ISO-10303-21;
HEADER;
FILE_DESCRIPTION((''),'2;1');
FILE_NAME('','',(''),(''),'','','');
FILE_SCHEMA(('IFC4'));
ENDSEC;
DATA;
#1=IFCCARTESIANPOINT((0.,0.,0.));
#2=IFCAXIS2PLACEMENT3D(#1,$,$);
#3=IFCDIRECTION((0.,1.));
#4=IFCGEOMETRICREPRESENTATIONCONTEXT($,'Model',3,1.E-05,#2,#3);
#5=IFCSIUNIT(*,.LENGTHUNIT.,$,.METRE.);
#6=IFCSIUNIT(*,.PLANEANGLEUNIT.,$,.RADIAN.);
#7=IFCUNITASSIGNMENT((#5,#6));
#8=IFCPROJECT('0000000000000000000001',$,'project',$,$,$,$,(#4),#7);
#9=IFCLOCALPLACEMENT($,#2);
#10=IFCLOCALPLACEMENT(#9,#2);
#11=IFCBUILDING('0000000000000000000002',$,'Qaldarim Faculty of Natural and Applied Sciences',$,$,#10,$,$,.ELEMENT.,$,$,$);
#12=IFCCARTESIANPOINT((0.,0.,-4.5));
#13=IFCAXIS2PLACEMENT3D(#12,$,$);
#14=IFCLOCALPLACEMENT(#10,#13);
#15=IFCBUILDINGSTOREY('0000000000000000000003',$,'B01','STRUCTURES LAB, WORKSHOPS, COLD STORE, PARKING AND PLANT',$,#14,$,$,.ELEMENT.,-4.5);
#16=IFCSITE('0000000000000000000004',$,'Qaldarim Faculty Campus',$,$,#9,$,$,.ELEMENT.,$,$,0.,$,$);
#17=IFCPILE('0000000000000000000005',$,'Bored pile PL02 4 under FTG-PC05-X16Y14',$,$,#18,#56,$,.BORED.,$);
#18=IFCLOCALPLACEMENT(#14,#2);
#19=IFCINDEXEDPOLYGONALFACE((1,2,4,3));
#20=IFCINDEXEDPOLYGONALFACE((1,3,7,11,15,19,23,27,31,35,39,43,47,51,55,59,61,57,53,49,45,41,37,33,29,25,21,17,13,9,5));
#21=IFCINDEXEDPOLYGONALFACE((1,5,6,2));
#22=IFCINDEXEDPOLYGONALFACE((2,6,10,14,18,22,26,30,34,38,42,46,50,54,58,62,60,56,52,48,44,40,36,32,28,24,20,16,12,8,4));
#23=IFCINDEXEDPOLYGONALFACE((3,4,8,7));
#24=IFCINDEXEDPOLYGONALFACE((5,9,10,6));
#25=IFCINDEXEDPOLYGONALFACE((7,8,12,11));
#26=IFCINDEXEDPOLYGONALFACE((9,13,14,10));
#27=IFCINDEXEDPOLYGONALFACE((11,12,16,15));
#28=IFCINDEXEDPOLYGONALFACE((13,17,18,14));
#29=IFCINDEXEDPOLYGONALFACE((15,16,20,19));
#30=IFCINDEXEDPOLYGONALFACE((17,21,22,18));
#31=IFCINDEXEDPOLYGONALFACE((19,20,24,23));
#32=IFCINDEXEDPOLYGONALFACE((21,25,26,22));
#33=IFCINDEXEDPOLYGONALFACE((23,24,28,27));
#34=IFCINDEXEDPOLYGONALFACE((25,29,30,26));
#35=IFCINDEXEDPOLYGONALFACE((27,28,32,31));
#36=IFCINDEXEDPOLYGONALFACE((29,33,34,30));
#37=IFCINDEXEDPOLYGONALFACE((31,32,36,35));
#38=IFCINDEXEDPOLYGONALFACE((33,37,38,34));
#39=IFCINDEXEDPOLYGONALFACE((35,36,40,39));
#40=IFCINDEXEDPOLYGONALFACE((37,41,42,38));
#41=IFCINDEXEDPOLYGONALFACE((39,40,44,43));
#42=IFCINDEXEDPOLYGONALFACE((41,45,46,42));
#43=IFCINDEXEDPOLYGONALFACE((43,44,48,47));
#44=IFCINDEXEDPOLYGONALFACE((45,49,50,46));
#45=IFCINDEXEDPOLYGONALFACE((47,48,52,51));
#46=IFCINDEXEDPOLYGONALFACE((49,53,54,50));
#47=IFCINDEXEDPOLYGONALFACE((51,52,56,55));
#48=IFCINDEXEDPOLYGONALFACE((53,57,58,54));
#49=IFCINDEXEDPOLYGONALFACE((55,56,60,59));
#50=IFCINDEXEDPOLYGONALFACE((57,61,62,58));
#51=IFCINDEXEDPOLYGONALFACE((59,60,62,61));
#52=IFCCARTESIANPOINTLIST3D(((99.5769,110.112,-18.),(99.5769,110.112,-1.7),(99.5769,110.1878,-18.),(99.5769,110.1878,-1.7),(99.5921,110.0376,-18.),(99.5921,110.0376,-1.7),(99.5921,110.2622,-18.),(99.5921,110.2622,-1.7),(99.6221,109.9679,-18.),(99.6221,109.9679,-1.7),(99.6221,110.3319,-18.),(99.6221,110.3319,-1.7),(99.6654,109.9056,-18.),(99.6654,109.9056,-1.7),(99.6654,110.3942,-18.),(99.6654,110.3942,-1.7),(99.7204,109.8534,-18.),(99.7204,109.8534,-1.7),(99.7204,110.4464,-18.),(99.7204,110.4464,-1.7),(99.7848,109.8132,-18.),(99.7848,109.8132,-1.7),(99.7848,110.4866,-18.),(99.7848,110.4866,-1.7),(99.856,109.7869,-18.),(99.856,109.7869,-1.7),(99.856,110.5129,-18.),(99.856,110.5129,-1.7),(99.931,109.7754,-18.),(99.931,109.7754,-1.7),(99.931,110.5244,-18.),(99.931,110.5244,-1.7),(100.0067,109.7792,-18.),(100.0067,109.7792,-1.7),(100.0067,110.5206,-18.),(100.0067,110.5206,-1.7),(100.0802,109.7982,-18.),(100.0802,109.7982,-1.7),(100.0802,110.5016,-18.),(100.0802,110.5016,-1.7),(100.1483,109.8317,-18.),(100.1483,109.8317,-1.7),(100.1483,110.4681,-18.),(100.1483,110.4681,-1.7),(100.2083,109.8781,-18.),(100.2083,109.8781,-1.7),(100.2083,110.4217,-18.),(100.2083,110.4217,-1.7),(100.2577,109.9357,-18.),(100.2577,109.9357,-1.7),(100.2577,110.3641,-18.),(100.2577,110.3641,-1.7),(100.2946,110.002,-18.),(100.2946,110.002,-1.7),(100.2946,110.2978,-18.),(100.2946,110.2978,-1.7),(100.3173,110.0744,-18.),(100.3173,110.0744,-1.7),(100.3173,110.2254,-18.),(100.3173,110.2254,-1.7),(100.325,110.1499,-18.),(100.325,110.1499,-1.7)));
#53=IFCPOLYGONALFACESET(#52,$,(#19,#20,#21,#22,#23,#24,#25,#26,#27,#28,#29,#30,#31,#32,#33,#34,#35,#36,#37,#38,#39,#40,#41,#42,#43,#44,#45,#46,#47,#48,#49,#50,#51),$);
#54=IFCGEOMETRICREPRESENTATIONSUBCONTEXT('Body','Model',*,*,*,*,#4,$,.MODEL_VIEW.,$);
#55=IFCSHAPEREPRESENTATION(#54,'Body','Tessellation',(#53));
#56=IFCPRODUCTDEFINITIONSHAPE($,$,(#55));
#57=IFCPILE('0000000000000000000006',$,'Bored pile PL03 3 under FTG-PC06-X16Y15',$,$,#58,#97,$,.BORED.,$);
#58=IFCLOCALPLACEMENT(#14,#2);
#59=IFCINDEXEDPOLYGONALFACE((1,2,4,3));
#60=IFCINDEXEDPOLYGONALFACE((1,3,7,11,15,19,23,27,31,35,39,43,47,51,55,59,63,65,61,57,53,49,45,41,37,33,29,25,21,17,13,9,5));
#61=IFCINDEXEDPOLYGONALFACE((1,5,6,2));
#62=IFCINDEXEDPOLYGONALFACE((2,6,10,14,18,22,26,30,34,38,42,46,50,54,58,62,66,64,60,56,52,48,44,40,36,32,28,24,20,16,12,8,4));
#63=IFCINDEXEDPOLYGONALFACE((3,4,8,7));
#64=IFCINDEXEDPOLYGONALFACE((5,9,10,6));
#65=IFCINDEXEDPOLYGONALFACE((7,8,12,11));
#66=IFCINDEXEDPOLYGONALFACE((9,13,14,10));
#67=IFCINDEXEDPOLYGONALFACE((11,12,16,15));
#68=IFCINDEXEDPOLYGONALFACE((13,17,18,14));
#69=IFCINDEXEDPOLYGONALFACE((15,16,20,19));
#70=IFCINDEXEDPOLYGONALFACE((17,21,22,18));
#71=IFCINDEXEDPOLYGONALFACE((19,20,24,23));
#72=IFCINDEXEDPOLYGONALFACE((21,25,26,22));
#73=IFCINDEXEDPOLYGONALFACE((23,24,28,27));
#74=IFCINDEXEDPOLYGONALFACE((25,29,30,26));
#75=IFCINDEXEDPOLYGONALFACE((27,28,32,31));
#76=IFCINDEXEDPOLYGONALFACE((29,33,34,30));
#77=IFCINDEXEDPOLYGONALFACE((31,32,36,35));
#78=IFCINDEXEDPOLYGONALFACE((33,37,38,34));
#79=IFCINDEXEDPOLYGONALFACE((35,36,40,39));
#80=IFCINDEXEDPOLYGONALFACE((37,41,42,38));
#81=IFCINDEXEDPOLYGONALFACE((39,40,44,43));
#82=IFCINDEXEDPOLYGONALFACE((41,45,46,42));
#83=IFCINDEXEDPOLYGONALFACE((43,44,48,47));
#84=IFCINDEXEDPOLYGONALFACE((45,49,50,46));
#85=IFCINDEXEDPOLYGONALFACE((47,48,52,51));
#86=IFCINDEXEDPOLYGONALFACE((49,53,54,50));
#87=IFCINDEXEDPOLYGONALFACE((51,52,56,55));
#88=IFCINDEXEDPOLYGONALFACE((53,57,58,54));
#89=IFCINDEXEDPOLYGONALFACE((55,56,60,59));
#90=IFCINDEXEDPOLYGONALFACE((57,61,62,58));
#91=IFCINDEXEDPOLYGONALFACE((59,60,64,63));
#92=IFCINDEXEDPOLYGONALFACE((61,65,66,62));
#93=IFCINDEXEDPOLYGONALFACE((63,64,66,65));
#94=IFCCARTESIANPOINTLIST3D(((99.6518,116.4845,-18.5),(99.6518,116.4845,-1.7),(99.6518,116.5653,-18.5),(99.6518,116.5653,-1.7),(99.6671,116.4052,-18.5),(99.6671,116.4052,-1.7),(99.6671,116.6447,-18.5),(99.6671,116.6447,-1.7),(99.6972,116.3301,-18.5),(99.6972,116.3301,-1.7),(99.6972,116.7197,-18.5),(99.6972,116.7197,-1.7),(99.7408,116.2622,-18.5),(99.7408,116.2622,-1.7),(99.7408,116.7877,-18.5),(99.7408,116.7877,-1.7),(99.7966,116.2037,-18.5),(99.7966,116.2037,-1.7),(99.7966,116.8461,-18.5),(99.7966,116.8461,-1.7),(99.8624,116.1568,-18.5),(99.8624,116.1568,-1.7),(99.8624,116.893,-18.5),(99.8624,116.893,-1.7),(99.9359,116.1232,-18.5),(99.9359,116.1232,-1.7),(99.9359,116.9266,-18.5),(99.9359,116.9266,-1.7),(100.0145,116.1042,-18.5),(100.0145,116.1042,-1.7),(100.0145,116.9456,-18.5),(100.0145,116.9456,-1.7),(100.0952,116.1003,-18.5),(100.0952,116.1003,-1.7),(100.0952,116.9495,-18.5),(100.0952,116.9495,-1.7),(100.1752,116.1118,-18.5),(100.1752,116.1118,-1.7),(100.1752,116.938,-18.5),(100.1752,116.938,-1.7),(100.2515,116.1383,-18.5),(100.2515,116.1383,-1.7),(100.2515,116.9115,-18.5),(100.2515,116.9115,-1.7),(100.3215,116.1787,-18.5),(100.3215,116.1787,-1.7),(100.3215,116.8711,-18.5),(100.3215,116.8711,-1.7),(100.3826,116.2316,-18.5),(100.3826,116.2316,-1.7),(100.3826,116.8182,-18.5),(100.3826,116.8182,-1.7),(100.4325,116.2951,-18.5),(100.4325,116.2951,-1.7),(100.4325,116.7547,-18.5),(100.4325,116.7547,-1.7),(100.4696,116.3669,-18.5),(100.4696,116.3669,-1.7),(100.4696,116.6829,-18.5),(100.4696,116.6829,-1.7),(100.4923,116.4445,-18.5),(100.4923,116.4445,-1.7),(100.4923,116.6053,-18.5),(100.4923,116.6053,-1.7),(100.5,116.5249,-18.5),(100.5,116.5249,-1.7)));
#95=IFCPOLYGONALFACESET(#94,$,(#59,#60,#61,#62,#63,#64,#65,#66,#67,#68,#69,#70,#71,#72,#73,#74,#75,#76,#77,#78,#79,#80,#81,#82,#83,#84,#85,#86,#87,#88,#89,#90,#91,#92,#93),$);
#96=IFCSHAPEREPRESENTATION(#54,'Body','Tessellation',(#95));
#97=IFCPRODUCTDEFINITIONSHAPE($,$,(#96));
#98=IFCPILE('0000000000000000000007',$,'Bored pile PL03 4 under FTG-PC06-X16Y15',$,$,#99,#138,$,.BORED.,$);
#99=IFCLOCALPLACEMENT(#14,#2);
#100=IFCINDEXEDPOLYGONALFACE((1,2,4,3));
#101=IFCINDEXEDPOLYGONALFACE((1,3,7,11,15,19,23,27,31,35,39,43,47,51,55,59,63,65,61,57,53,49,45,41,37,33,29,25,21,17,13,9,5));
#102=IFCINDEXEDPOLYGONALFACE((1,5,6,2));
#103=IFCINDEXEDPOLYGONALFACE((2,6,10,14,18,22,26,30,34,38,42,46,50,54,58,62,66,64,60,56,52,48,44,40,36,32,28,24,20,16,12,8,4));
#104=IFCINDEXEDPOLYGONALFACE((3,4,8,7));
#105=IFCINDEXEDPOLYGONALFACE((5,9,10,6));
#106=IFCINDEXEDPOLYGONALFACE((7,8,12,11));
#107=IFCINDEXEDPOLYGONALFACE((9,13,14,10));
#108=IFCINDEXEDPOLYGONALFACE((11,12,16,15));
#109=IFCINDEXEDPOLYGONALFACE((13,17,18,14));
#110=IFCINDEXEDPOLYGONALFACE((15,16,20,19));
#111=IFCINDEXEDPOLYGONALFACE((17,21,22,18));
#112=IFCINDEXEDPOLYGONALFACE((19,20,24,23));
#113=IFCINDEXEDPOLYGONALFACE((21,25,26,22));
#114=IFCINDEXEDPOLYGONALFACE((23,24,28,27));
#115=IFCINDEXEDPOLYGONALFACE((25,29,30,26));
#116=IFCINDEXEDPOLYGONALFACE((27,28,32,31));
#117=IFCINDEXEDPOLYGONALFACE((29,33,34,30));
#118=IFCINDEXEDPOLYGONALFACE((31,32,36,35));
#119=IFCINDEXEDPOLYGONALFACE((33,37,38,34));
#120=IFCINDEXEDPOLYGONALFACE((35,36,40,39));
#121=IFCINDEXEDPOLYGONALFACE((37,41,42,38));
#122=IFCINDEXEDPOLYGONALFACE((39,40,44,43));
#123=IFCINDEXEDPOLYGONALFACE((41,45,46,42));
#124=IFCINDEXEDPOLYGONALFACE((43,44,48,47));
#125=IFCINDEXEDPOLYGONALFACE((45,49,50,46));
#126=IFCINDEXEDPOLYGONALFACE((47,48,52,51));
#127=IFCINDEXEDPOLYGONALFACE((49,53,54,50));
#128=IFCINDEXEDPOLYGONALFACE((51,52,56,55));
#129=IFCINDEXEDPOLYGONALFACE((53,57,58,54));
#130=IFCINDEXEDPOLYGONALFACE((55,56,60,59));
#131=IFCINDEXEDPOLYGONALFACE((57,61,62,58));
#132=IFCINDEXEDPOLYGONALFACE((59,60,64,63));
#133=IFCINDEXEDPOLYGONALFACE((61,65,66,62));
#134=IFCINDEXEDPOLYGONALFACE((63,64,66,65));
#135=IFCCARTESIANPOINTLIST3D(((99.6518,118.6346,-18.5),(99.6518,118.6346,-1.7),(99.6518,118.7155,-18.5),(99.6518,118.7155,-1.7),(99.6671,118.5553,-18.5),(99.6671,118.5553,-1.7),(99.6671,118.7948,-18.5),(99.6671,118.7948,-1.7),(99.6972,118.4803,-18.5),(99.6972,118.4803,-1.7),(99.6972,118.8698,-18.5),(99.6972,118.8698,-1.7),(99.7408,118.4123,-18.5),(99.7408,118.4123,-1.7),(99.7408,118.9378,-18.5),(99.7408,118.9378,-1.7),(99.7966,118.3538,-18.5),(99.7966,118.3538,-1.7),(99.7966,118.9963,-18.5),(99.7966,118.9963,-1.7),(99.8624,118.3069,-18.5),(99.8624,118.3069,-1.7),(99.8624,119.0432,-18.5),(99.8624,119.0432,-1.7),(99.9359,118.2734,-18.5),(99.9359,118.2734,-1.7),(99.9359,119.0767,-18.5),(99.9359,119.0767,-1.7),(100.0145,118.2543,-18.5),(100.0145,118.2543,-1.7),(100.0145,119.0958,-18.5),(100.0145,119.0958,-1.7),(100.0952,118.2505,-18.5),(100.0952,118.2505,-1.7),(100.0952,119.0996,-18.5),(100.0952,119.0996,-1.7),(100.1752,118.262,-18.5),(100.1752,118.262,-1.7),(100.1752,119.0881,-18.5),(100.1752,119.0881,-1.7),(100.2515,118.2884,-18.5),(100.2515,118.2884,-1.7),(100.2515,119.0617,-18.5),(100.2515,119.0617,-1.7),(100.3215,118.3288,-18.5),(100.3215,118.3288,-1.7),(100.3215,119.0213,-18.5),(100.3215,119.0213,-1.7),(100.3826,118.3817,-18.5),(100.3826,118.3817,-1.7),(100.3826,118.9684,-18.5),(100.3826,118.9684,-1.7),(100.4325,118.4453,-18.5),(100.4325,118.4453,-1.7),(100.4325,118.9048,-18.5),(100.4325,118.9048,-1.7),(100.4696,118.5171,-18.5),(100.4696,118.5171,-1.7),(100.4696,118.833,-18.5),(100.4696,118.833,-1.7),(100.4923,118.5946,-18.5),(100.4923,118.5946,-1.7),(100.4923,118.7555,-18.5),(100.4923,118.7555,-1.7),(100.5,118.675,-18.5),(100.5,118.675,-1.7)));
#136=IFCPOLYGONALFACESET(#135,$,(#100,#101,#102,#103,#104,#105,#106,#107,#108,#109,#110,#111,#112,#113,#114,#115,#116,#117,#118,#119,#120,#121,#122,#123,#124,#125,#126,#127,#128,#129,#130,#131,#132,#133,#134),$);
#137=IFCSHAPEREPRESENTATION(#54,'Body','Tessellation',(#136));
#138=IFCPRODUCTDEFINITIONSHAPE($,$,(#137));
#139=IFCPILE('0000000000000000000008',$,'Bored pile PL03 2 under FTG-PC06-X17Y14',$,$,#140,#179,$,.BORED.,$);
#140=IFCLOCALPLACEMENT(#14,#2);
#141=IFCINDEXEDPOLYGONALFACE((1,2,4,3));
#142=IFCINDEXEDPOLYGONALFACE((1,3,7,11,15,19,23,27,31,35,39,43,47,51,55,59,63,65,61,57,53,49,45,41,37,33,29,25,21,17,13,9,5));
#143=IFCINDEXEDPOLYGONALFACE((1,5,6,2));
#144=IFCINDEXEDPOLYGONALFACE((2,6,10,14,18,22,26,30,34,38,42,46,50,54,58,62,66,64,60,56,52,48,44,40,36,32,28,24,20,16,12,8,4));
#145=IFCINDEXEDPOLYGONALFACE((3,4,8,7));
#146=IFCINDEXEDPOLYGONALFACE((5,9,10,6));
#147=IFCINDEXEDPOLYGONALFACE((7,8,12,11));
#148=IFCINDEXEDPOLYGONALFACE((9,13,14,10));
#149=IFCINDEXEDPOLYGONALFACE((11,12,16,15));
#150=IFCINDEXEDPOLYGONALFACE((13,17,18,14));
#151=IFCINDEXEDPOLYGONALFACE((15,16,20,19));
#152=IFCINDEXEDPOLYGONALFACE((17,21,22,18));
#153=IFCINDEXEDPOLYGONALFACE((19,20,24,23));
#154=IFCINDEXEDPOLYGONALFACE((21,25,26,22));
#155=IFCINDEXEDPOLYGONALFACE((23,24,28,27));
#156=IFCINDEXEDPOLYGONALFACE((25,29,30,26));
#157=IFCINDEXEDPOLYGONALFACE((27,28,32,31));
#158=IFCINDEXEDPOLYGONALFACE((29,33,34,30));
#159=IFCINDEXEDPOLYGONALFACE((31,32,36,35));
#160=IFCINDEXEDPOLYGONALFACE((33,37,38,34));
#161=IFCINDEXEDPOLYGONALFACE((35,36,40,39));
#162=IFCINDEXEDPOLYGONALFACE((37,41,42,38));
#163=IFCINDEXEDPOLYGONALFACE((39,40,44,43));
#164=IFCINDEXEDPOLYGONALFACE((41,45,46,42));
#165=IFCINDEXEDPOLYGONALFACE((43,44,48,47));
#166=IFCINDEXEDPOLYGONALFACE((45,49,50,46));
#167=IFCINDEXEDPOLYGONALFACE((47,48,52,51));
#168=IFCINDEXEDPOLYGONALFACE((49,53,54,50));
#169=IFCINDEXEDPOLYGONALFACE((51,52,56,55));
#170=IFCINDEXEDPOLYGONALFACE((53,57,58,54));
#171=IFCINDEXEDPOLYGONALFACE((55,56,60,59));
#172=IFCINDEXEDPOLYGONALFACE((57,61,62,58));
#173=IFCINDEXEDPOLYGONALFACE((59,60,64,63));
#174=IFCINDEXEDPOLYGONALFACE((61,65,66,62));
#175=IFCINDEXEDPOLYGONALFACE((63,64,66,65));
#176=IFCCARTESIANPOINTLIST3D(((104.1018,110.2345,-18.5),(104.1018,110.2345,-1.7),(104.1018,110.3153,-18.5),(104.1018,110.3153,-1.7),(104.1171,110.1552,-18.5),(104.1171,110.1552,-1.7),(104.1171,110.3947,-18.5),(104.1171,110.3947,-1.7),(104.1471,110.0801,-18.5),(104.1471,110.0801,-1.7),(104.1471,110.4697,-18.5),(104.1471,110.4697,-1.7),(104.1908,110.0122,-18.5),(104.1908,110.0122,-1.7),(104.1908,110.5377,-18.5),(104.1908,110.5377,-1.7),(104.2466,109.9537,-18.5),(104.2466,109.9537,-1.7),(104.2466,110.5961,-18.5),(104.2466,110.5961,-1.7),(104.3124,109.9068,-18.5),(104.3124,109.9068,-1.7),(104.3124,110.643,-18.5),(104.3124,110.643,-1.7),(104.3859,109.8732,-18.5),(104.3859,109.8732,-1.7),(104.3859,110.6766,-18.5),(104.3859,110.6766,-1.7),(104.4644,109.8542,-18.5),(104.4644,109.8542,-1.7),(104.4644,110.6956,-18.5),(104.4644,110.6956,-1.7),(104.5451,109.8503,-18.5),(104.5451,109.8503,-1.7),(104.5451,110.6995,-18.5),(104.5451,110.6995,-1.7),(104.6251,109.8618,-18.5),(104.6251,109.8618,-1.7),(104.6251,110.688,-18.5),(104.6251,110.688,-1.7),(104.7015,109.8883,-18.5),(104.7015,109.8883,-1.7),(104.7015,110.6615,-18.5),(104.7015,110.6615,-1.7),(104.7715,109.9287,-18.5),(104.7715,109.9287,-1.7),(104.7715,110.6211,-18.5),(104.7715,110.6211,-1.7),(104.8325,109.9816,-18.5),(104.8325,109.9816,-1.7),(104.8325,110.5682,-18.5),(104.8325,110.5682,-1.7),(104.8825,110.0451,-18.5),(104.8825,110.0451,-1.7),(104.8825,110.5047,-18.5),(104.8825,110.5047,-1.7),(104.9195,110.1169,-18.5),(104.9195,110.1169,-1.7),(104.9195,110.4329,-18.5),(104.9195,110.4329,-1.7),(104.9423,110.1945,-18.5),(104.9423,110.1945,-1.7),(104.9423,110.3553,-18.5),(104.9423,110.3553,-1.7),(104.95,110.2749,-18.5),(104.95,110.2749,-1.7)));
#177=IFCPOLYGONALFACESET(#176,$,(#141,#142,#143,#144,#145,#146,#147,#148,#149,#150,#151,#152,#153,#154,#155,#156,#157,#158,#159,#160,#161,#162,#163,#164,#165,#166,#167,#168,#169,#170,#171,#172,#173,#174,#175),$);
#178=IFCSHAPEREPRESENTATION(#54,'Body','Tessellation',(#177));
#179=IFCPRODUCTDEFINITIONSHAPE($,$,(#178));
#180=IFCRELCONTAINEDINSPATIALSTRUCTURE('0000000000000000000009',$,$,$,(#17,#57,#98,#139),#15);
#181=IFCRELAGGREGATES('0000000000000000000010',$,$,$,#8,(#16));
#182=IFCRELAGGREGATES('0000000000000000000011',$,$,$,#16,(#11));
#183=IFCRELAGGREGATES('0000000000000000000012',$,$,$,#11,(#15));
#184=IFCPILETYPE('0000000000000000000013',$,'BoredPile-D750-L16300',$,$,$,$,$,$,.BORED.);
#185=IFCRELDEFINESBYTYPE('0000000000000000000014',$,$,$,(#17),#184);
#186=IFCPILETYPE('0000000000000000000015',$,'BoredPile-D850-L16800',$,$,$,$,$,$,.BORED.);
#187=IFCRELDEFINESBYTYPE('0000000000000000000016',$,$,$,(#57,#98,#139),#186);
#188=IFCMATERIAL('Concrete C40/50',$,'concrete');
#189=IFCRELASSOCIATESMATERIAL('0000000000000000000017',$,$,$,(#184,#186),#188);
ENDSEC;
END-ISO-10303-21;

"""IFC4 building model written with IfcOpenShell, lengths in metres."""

from ifc_helpers import new_model, si_unit, direction, frame, origin, origin_2d, place, context, subcontext, project, spatial, circle, extrude, material, material_profile, profile_set, type_object, element, save


model = new_model("IFC4")

# Units and contexts
model_context = context("Model", 3, precision=1e-05, world=origin(), true_north=direction((0.0, 1.0)))
body_context = subcontext(model_context, "Body", "Model", "MODEL_VIEW")
ifc_project = project(units=[si_unit("LENGTHUNIT", "METRE"), si_unit("PLANEANGLEUNIT", "RADIAN")], contexts=[model_context])

# Site, building, storey
site_placement = place(None, origin())
site = spatial("IfcSite", under=ifc_project, at=site_placement, Name="Qaldarim Faculty Campus", CompositionType="ELEMENT", RefElevation=0.0)
building_placement = place(site_placement, origin())
building = spatial("IfcBuilding", under=site, at=building_placement, Name="Qaldarim Faculty of Natural and Applied Sciences", CompositionType="ELEMENT")
storey_placement = place(building_placement, frame((0.0, 0.0, -4.5)))
storey = spatial("IfcBuildingStorey", under=building, at=storey_placement, Name="B01", Description="STRUCTURES LAB, WORKSHOPS, COLD STORE, PARKING AND PLANT", CompositionType="ELEMENT", Elevation=-4.5)

# Piles
ifc_material_1 = material(Name="Concrete C40/50", Category="concrete")
ifc_material_profile_1 = material_profile(ifc_material_1, circle(Radius=0.375, at=origin_2d()), Name="PILE-D750")
ifc_profile_set_1 = profile_set([ifc_material_profile_1], Name="Concrete C40/50")
pile_type_1 = type_object("IfcPileType", Name="BoredPile-D750-L16300", PredefinedType="BORED", material=ifc_profile_set_1)
pile_placement = place(storey_placement, frame((99.95, 110.1499, -1.7), z_axis=(0.0, 0.0, -1.0), x_axis=(1.0, 0.0, 0.0)))
element("IfcPile", 1, at=pile_placement, inside=storey, type_object=pile_type_1, Name="Bored pile PL02 4 under FTG-PC05-X16Y14", PredefinedType="BORED", context=body_context, shape_type="SweptSolid", body=[
    extrude(circle(Radius=0.375, at=origin_2d()), origin(), (0.0, 0.0, 1.0), 16.3),
])
ifc_material_profile_2 = material_profile(ifc_material_1, circle(Radius=0.425, at=origin_2d()), Name="PILE-D850")
ifc_profile_set_2 = profile_set([ifc_material_profile_2], Name="Concrete C40/50")
pile_type_2 = type_object("IfcPileType", Name="BoredPile-D850-L16800", PredefinedType="BORED", material=ifc_profile_set_2)
for number, where, z_axis, x_axis, name in (
    (2, (100.075, 116.5249, -1.7), (0.0, 0.0, -1.0), (1.0, 0.0, 0.0), "Bored pile PL03 3 under FTG-PC06-X16Y15"),
    (3, (100.075, 118.675, -1.7), (0.0, 0.0, -1.0), (1.0, 0.0, 0.0), "Bored pile PL03 4 under FTG-PC06-X16Y15"),
    (4, (104.5249, 110.2749, -1.7), (0.0, 0.0, -1.0), (1.0, 0.0, 0.0), "Bored pile PL03 2 under FTG-PC06-X17Y14"),
):
    element("IfcPile", number, at=place(storey_placement, frame(where, z_axis=z_axis, x_axis=x_axis)), inside=storey, type_object=pile_type_2, Name=name, PredefinedType="BORED", context=body_context, shape_type="SweptSolid", body=[
        extrude(circle(Radius=0.425, at=origin_2d()), origin(), (0.0, 0.0, 1.0), 16.8),
    ])

save(model, "model.ifc")
